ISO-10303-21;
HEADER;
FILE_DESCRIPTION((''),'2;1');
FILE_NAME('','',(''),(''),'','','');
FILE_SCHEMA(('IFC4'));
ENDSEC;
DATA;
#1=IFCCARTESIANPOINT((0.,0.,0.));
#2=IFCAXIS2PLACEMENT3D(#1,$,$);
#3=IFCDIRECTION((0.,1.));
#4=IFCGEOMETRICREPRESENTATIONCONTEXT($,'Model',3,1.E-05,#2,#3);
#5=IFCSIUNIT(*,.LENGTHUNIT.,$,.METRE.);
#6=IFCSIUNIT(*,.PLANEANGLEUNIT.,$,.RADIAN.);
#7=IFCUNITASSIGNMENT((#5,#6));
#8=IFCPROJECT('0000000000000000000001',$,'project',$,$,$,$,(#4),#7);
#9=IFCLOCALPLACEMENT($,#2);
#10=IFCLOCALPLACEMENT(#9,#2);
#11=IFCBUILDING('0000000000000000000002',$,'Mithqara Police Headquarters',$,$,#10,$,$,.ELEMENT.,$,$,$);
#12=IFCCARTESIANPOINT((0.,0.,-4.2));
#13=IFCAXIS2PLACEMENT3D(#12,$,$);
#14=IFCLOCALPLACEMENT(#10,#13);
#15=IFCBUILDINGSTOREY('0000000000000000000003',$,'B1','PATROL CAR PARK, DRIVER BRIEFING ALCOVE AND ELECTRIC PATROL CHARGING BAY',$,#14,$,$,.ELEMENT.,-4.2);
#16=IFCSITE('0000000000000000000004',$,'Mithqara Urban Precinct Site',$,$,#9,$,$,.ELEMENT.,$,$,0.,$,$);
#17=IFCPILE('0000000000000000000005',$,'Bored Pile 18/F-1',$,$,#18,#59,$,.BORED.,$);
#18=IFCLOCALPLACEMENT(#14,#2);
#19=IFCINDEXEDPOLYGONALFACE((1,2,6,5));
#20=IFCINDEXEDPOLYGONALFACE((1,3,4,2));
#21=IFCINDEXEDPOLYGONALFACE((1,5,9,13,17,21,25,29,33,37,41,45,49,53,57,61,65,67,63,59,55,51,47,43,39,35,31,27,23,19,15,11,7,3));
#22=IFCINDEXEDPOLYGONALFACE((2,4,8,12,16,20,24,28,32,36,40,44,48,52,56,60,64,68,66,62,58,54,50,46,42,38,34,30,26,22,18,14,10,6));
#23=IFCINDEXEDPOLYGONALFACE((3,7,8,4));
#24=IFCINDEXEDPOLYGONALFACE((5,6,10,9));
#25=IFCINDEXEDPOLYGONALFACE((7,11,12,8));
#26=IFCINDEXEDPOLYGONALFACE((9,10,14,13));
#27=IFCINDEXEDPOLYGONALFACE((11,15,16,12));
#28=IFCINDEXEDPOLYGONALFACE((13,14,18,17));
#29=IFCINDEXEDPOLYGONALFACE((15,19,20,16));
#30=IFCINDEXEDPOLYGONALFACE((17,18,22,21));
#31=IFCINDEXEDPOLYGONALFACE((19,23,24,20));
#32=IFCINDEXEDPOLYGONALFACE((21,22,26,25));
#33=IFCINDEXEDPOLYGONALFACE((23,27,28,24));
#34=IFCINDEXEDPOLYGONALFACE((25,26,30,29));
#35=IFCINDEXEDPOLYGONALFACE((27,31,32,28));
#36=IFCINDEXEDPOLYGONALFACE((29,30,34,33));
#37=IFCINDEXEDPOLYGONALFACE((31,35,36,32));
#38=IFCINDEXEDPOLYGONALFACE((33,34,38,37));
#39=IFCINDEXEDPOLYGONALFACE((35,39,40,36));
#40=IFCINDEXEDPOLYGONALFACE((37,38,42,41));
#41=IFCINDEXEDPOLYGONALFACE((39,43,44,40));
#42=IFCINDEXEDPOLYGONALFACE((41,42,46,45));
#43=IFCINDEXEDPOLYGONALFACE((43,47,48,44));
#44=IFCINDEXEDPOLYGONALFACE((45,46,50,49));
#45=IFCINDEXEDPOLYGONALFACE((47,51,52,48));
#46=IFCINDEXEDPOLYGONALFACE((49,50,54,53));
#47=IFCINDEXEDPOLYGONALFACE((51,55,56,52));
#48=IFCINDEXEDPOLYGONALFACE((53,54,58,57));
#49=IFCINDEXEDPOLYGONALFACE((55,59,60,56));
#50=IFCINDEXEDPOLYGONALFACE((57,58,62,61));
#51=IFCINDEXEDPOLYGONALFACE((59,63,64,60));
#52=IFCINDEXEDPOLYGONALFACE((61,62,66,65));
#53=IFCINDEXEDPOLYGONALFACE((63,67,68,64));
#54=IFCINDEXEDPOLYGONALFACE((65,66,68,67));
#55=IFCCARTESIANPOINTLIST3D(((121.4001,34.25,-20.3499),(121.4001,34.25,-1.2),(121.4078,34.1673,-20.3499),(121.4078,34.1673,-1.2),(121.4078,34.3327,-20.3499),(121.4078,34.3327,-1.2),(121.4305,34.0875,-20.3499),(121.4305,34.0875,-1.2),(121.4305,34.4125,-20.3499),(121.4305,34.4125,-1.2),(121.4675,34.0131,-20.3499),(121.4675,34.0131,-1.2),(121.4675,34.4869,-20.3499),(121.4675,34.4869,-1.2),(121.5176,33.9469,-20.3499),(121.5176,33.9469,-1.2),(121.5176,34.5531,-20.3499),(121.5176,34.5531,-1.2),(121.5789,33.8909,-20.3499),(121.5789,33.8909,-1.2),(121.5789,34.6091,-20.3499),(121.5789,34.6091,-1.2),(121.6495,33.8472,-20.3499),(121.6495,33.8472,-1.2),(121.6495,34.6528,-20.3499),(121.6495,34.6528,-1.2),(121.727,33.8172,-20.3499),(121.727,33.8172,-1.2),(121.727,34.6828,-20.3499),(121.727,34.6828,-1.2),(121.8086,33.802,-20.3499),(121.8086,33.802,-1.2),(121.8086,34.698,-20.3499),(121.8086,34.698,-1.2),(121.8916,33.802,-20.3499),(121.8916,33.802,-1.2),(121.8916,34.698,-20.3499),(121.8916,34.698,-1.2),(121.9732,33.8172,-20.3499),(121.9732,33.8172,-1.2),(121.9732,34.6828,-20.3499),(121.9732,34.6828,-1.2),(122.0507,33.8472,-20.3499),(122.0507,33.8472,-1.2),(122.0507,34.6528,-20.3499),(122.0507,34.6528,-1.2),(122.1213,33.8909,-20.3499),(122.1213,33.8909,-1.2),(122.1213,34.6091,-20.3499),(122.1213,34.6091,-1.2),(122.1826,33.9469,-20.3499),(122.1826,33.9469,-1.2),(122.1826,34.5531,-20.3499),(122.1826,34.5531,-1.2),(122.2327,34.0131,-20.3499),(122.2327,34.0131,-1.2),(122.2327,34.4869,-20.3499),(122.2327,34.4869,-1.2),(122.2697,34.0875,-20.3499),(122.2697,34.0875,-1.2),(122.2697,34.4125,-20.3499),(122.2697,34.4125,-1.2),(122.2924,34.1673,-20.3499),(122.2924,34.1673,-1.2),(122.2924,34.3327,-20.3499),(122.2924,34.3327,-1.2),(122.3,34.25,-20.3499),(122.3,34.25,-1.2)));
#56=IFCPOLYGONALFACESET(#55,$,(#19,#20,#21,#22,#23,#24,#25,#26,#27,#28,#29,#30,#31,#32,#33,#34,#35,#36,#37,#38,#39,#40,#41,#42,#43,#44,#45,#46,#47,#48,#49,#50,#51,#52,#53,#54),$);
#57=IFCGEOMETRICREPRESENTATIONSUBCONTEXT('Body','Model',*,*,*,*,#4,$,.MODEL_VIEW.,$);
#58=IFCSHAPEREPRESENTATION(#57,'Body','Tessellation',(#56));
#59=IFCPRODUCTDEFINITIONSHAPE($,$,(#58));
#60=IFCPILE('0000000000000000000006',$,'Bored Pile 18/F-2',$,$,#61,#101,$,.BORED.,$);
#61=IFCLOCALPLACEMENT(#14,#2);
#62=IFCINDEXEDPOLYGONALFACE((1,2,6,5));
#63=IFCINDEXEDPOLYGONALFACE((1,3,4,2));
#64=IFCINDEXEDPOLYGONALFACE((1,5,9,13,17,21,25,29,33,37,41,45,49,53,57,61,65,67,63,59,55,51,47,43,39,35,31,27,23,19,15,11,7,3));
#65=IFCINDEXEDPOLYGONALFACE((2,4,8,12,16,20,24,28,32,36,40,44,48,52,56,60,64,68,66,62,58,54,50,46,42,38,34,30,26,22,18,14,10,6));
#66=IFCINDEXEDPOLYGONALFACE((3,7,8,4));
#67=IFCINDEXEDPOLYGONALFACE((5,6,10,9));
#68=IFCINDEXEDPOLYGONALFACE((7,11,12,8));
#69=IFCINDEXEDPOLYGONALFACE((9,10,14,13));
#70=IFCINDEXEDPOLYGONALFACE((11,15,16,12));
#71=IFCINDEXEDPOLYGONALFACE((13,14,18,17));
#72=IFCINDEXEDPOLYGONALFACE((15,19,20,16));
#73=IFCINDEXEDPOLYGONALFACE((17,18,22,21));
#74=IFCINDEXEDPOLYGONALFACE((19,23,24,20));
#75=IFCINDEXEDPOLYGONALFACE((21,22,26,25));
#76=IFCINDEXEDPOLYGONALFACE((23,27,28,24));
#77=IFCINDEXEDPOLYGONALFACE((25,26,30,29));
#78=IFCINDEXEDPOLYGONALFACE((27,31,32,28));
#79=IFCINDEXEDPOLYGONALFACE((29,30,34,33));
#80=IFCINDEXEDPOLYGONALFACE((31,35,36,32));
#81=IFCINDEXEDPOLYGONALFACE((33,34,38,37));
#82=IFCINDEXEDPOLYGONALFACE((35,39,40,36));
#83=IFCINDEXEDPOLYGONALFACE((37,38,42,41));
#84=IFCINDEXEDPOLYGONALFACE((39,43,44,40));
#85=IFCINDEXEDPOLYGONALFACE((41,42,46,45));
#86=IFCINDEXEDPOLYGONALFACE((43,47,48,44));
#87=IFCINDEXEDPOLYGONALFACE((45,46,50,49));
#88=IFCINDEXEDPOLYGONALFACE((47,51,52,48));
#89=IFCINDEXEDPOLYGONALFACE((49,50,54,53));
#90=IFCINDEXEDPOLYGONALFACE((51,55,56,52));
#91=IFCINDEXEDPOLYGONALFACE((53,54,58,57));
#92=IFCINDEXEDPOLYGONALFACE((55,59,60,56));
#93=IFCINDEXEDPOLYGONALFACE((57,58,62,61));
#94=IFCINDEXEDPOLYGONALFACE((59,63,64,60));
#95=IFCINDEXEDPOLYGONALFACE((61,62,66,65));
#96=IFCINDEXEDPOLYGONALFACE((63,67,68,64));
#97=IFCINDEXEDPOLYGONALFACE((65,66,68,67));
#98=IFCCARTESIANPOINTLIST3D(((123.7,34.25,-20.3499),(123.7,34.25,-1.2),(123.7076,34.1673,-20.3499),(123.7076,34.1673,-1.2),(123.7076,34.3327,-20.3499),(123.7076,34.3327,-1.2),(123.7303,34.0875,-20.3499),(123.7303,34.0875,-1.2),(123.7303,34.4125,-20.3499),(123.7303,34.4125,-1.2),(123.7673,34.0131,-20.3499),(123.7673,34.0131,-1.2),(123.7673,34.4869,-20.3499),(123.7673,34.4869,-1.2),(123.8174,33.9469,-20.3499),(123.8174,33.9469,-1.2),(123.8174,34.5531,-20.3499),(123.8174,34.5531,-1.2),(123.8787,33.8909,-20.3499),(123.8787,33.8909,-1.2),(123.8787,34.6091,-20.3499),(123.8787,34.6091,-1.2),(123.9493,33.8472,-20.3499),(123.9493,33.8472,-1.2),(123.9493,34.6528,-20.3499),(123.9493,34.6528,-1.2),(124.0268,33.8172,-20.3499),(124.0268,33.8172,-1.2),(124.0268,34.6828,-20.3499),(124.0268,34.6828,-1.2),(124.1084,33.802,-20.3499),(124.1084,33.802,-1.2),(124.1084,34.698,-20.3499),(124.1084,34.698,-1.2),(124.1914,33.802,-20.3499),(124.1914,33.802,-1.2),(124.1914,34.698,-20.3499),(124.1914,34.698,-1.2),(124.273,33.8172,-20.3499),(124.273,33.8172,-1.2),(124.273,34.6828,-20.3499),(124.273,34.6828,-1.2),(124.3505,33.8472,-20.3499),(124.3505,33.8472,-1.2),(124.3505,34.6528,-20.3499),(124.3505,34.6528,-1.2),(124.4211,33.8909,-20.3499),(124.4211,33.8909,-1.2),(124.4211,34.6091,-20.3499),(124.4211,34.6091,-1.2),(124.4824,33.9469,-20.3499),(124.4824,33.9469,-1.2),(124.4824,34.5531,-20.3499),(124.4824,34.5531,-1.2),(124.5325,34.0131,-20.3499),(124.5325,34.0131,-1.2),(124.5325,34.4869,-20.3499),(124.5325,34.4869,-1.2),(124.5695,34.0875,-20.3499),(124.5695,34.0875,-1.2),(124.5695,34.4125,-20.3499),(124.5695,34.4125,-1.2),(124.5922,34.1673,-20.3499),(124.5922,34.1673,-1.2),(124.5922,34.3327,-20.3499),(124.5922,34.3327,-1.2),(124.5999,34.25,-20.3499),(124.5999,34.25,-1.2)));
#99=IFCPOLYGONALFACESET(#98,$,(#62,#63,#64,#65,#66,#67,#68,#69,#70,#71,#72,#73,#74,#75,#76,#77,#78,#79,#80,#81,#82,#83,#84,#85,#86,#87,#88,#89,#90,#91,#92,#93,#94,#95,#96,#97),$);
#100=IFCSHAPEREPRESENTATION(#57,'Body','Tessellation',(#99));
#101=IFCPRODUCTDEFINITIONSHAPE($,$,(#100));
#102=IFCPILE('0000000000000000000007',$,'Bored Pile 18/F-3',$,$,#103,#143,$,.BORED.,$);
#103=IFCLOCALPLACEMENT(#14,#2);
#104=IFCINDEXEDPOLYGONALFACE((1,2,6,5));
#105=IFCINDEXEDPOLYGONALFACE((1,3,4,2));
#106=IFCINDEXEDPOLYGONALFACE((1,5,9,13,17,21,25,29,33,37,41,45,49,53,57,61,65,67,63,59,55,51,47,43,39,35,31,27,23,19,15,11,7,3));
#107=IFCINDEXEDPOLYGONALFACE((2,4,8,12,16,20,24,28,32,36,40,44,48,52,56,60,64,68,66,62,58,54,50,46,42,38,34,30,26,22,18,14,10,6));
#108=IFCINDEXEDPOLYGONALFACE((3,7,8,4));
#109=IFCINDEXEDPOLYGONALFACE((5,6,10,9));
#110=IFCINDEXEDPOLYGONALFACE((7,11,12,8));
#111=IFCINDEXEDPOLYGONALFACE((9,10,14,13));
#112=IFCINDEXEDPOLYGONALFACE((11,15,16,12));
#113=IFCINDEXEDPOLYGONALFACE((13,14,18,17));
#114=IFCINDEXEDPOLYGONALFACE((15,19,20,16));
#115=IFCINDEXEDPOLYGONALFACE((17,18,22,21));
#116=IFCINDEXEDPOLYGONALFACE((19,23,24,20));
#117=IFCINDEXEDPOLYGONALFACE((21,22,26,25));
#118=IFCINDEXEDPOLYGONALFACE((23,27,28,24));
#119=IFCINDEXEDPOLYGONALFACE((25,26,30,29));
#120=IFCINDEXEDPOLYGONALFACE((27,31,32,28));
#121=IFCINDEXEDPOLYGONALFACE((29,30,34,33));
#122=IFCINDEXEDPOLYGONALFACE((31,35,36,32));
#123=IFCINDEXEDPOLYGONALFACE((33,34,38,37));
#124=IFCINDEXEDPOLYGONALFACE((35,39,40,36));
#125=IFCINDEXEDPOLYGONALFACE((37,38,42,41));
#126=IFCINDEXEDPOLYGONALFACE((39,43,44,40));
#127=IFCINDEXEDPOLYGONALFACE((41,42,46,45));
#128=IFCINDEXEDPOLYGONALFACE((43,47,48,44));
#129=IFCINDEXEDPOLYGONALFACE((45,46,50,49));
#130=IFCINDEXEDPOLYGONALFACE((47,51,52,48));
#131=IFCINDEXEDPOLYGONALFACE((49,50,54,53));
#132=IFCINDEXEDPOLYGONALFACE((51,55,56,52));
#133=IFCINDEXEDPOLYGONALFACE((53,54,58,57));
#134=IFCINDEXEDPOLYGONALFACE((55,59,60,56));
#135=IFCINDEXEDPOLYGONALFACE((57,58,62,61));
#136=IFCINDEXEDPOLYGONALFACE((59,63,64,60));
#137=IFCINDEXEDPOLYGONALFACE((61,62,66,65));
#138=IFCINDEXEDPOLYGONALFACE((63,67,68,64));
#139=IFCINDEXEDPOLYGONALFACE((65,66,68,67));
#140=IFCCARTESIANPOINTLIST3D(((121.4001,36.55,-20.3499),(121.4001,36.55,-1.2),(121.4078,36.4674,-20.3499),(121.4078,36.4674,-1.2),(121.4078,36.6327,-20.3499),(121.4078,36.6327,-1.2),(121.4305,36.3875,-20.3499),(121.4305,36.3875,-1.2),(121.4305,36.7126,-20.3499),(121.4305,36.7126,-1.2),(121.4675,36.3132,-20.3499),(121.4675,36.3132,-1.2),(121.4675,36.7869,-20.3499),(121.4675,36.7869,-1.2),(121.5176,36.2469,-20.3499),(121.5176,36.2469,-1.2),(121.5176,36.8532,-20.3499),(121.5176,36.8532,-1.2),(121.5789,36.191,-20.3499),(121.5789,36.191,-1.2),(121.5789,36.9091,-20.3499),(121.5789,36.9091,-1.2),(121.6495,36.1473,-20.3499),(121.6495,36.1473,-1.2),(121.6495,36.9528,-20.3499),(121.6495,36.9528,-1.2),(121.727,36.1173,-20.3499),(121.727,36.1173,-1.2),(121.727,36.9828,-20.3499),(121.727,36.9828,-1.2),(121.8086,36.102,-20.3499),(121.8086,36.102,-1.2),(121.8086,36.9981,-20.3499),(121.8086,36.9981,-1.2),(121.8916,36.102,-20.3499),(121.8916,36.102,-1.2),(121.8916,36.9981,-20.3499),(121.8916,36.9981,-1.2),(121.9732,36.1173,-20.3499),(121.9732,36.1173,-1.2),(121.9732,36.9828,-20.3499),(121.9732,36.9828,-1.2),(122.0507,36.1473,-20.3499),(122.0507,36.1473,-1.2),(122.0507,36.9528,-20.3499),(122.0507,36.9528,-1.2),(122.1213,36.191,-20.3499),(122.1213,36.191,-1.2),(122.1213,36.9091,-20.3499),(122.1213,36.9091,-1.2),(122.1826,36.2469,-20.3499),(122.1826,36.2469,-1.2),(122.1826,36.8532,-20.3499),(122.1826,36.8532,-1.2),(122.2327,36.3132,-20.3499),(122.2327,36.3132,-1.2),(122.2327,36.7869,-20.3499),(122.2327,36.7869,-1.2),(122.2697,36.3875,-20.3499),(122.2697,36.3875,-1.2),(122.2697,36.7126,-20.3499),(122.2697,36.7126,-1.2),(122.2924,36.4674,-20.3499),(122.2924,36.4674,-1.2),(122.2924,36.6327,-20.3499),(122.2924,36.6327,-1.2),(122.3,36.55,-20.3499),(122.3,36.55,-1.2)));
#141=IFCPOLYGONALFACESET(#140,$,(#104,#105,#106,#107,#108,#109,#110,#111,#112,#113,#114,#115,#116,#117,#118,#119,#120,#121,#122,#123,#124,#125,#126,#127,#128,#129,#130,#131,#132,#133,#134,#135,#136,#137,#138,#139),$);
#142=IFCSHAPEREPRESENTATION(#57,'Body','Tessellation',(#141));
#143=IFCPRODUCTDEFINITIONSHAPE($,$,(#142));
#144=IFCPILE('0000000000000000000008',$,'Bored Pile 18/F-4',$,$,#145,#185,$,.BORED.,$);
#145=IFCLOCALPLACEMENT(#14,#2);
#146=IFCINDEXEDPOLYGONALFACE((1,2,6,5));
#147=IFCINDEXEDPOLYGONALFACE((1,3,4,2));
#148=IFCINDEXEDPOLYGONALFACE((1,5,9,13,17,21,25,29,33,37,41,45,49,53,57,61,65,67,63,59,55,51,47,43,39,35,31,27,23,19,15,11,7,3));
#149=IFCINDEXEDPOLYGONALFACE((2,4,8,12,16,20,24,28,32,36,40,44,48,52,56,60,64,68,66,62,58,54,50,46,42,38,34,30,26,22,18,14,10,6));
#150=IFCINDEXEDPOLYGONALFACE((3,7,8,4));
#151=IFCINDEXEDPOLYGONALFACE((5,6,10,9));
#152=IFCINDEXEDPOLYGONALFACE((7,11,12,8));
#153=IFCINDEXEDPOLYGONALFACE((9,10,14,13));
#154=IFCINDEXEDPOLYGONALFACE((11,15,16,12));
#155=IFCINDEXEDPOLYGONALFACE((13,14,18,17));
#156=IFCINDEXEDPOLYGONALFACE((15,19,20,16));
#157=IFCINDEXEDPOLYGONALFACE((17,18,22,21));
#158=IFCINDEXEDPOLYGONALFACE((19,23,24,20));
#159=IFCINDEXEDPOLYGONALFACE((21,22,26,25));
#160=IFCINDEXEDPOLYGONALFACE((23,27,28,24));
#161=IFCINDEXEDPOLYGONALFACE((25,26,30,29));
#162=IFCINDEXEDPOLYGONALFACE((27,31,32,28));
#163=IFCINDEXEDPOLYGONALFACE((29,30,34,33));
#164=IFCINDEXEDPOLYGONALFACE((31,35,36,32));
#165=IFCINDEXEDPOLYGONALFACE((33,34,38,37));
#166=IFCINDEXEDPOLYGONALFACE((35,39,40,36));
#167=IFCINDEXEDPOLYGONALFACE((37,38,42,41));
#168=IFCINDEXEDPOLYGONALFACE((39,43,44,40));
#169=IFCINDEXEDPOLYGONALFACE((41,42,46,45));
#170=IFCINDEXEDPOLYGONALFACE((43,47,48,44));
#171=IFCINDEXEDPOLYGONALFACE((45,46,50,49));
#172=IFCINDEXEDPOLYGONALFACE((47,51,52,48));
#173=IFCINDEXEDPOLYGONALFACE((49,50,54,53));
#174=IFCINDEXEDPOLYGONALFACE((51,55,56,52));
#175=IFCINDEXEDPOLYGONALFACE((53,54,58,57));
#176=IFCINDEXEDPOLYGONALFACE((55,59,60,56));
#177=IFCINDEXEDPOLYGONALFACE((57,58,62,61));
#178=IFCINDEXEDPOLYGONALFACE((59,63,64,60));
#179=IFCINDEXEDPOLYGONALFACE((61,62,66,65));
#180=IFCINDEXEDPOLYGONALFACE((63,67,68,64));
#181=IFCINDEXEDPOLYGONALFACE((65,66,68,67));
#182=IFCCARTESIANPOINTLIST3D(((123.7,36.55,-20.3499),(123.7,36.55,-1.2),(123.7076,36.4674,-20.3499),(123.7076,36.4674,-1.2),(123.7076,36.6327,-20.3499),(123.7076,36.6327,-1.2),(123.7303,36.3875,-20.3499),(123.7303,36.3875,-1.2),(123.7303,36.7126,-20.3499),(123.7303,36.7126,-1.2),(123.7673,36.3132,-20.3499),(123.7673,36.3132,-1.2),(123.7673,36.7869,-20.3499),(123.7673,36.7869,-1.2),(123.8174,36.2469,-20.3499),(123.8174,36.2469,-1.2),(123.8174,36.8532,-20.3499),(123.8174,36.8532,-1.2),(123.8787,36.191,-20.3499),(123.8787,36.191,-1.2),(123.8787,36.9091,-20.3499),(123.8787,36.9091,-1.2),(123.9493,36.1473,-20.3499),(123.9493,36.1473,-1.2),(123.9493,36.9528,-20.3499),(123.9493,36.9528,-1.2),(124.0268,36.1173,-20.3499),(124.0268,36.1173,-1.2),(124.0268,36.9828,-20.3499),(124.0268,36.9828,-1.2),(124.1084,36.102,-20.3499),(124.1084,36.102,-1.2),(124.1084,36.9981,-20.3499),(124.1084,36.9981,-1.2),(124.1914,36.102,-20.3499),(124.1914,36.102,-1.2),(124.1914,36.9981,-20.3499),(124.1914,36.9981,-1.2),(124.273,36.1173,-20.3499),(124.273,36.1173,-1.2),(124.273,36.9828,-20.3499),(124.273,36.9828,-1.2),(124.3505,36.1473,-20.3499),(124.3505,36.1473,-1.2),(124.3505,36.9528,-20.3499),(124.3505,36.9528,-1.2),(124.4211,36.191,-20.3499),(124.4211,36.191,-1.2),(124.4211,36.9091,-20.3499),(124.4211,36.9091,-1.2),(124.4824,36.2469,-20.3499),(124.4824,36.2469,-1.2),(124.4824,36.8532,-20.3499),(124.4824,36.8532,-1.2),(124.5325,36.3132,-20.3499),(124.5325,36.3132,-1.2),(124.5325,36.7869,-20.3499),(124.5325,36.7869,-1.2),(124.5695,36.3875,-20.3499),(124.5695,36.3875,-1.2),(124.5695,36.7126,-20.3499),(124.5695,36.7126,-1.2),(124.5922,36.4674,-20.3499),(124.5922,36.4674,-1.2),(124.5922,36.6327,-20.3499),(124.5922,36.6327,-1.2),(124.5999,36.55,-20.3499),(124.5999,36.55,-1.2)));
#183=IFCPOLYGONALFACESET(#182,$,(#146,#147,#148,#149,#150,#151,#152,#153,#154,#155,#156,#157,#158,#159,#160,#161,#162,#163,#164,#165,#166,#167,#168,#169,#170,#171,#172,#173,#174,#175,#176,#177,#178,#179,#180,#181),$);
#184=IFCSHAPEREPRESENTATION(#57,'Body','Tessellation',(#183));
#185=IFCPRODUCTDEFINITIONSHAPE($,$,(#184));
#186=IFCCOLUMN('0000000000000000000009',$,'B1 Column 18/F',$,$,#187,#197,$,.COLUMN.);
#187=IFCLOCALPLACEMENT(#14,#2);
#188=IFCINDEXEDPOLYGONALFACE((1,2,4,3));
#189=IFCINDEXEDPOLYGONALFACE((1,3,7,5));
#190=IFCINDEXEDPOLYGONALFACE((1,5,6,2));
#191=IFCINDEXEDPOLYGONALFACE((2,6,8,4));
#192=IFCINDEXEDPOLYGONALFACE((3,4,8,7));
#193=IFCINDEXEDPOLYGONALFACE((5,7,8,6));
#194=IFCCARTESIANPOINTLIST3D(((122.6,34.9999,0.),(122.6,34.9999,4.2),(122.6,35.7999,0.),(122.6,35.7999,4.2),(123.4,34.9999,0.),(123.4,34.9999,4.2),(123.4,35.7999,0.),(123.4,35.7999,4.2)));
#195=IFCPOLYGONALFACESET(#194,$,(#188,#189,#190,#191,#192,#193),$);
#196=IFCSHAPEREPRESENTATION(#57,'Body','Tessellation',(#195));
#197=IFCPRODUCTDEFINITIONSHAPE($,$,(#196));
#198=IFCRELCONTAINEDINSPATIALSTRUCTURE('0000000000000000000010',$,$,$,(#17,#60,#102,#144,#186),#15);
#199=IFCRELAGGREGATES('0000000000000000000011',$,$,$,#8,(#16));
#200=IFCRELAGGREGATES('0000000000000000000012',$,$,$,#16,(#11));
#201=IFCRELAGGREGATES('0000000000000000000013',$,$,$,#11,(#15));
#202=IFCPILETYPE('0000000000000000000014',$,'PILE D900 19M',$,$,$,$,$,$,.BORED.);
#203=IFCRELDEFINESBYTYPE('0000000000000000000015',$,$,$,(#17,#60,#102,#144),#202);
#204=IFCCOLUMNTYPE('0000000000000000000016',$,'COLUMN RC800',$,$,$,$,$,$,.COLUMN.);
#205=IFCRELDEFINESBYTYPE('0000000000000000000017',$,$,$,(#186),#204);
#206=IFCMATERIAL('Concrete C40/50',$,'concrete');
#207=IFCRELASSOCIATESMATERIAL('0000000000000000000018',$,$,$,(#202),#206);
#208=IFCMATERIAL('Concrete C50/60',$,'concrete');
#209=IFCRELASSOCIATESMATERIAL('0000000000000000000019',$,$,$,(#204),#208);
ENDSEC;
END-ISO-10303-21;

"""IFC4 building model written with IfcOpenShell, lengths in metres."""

from ifc_helpers import new_model, si_unit, direction, frame, origin, origin_2d, place, context, subcontext, project, spatial, rectangle, circle, extrude, material, material_profile, profile_set, type_object, element, save


model = new_model("IFC4")

# Units and contexts
model_context = context("Model", 3, precision=1e-05, world=origin(), true_north=direction((0.0, 1.0)))
body_context = subcontext(model_context, "Body", "Model", "MODEL_VIEW")
ifc_project = project(units=[si_unit("LENGTHUNIT", "METRE"), si_unit("PLANEANGLEUNIT", "RADIAN")], contexts=[model_context])

# Site, building, storey
site_placement = place(None, origin())
site = spatial("IfcSite", under=ifc_project, at=site_placement, Name="Mithqara Urban Precinct Site", CompositionType="ELEMENT", RefElevation=0.0)
building_placement = place(site_placement, origin())
building = spatial("IfcBuilding", under=site, at=building_placement, Name="Mithqara Police Headquarters", CompositionType="ELEMENT")
storey_placement = place(building_placement, frame((0.0, 0.0, -4.2)))
storey = spatial("IfcBuildingStorey", under=building, at=storey_placement, Name="B1", Description="PATROL CAR PARK, DRIVER BRIEFING ALCOVE AND ELECTRIC PATROL CHARGING BAY", CompositionType="ELEMENT", Elevation=-4.2)

# Shared definitions
ifc_material_1 = material(Name="Concrete C40/50", Category="concrete")

# Piles
ifc_material_profile_1 = material_profile(ifc_material_1, circle(Radius=0.45, at=origin_2d()), Name="PILE D900")
ifc_profile_set_1 = profile_set([ifc_material_profile_1], Name="Concrete C40/50")
pile_type_1 = type_object("IfcPileType", Name="PILE D900 19M", PredefinedType="BORED", material=ifc_profile_set_1)
for number, where, z_axis, x_axis, name in (
    (1, (121.8501, 34.25, -1.2), (0.0, 0.0, -1.0), (1.0, 0.0, 0.0), "Bored Pile 18/F-1"),
    (2, (124.1499, 34.25, -1.2), (0.0, 0.0, -1.0), (1.0, 0.0, 0.0), "Bored Pile 18/F-2"),
    (3, (121.8501, 36.55, -1.2), (0.0, 0.0, -1.0), (1.0, 0.0, 0.0), "Bored Pile 18/F-3"),
    (4, (124.1499, 36.55, -1.2), (0.0, 0.0, -1.0), (1.0, 0.0, 0.0), "Bored Pile 18/F-4"),
):
    element("IfcPile", number, at=place(storey_placement, frame(where, z_axis=z_axis, x_axis=x_axis)), inside=storey, type_object=pile_type_1, Name=name, PredefinedType="BORED", context=body_context, shape_type="SweptSolid", body=[
        extrude(circle(Radius=0.45, at=origin_2d()), origin(), (0.0, 0.0, 1.0), 19.1499),
    ])

# Column
ifc_material_2 = material(Name="Concrete C50/60", Category="concrete")
ifc_material_profile_2 = material_profile(ifc_material_2, rectangle(XDim=0.8, YDim=0.8, at=origin_2d()), Name="RC 800x800")
ifc_profile_set_2 = profile_set([ifc_material_profile_2], Name="Concrete C50/60")
column_type = type_object("IfcColumnType", Name="COLUMN RC800", PredefinedType="COLUMN", material=ifc_profile_set_2)
column_placement = place(storey_placement, frame((123.0, 35.3999, 0.0), z_axis=(0.0, 0.0, 1.0), x_axis=(1.0, 0.0, 0.0)))
element("IfcColumn", 5, at=column_placement, inside=storey, type_object=column_type, Name="B1 Column 18/F", PredefinedType="COLUMN", context=body_context, shape_type="SweptSolid", body=[
    extrude(rectangle(XDim=0.8, YDim=0.8, at=origin_2d()), origin(), (0.0, 0.0, 1.0), 4.2),
])

save(model, "model.ifc")
